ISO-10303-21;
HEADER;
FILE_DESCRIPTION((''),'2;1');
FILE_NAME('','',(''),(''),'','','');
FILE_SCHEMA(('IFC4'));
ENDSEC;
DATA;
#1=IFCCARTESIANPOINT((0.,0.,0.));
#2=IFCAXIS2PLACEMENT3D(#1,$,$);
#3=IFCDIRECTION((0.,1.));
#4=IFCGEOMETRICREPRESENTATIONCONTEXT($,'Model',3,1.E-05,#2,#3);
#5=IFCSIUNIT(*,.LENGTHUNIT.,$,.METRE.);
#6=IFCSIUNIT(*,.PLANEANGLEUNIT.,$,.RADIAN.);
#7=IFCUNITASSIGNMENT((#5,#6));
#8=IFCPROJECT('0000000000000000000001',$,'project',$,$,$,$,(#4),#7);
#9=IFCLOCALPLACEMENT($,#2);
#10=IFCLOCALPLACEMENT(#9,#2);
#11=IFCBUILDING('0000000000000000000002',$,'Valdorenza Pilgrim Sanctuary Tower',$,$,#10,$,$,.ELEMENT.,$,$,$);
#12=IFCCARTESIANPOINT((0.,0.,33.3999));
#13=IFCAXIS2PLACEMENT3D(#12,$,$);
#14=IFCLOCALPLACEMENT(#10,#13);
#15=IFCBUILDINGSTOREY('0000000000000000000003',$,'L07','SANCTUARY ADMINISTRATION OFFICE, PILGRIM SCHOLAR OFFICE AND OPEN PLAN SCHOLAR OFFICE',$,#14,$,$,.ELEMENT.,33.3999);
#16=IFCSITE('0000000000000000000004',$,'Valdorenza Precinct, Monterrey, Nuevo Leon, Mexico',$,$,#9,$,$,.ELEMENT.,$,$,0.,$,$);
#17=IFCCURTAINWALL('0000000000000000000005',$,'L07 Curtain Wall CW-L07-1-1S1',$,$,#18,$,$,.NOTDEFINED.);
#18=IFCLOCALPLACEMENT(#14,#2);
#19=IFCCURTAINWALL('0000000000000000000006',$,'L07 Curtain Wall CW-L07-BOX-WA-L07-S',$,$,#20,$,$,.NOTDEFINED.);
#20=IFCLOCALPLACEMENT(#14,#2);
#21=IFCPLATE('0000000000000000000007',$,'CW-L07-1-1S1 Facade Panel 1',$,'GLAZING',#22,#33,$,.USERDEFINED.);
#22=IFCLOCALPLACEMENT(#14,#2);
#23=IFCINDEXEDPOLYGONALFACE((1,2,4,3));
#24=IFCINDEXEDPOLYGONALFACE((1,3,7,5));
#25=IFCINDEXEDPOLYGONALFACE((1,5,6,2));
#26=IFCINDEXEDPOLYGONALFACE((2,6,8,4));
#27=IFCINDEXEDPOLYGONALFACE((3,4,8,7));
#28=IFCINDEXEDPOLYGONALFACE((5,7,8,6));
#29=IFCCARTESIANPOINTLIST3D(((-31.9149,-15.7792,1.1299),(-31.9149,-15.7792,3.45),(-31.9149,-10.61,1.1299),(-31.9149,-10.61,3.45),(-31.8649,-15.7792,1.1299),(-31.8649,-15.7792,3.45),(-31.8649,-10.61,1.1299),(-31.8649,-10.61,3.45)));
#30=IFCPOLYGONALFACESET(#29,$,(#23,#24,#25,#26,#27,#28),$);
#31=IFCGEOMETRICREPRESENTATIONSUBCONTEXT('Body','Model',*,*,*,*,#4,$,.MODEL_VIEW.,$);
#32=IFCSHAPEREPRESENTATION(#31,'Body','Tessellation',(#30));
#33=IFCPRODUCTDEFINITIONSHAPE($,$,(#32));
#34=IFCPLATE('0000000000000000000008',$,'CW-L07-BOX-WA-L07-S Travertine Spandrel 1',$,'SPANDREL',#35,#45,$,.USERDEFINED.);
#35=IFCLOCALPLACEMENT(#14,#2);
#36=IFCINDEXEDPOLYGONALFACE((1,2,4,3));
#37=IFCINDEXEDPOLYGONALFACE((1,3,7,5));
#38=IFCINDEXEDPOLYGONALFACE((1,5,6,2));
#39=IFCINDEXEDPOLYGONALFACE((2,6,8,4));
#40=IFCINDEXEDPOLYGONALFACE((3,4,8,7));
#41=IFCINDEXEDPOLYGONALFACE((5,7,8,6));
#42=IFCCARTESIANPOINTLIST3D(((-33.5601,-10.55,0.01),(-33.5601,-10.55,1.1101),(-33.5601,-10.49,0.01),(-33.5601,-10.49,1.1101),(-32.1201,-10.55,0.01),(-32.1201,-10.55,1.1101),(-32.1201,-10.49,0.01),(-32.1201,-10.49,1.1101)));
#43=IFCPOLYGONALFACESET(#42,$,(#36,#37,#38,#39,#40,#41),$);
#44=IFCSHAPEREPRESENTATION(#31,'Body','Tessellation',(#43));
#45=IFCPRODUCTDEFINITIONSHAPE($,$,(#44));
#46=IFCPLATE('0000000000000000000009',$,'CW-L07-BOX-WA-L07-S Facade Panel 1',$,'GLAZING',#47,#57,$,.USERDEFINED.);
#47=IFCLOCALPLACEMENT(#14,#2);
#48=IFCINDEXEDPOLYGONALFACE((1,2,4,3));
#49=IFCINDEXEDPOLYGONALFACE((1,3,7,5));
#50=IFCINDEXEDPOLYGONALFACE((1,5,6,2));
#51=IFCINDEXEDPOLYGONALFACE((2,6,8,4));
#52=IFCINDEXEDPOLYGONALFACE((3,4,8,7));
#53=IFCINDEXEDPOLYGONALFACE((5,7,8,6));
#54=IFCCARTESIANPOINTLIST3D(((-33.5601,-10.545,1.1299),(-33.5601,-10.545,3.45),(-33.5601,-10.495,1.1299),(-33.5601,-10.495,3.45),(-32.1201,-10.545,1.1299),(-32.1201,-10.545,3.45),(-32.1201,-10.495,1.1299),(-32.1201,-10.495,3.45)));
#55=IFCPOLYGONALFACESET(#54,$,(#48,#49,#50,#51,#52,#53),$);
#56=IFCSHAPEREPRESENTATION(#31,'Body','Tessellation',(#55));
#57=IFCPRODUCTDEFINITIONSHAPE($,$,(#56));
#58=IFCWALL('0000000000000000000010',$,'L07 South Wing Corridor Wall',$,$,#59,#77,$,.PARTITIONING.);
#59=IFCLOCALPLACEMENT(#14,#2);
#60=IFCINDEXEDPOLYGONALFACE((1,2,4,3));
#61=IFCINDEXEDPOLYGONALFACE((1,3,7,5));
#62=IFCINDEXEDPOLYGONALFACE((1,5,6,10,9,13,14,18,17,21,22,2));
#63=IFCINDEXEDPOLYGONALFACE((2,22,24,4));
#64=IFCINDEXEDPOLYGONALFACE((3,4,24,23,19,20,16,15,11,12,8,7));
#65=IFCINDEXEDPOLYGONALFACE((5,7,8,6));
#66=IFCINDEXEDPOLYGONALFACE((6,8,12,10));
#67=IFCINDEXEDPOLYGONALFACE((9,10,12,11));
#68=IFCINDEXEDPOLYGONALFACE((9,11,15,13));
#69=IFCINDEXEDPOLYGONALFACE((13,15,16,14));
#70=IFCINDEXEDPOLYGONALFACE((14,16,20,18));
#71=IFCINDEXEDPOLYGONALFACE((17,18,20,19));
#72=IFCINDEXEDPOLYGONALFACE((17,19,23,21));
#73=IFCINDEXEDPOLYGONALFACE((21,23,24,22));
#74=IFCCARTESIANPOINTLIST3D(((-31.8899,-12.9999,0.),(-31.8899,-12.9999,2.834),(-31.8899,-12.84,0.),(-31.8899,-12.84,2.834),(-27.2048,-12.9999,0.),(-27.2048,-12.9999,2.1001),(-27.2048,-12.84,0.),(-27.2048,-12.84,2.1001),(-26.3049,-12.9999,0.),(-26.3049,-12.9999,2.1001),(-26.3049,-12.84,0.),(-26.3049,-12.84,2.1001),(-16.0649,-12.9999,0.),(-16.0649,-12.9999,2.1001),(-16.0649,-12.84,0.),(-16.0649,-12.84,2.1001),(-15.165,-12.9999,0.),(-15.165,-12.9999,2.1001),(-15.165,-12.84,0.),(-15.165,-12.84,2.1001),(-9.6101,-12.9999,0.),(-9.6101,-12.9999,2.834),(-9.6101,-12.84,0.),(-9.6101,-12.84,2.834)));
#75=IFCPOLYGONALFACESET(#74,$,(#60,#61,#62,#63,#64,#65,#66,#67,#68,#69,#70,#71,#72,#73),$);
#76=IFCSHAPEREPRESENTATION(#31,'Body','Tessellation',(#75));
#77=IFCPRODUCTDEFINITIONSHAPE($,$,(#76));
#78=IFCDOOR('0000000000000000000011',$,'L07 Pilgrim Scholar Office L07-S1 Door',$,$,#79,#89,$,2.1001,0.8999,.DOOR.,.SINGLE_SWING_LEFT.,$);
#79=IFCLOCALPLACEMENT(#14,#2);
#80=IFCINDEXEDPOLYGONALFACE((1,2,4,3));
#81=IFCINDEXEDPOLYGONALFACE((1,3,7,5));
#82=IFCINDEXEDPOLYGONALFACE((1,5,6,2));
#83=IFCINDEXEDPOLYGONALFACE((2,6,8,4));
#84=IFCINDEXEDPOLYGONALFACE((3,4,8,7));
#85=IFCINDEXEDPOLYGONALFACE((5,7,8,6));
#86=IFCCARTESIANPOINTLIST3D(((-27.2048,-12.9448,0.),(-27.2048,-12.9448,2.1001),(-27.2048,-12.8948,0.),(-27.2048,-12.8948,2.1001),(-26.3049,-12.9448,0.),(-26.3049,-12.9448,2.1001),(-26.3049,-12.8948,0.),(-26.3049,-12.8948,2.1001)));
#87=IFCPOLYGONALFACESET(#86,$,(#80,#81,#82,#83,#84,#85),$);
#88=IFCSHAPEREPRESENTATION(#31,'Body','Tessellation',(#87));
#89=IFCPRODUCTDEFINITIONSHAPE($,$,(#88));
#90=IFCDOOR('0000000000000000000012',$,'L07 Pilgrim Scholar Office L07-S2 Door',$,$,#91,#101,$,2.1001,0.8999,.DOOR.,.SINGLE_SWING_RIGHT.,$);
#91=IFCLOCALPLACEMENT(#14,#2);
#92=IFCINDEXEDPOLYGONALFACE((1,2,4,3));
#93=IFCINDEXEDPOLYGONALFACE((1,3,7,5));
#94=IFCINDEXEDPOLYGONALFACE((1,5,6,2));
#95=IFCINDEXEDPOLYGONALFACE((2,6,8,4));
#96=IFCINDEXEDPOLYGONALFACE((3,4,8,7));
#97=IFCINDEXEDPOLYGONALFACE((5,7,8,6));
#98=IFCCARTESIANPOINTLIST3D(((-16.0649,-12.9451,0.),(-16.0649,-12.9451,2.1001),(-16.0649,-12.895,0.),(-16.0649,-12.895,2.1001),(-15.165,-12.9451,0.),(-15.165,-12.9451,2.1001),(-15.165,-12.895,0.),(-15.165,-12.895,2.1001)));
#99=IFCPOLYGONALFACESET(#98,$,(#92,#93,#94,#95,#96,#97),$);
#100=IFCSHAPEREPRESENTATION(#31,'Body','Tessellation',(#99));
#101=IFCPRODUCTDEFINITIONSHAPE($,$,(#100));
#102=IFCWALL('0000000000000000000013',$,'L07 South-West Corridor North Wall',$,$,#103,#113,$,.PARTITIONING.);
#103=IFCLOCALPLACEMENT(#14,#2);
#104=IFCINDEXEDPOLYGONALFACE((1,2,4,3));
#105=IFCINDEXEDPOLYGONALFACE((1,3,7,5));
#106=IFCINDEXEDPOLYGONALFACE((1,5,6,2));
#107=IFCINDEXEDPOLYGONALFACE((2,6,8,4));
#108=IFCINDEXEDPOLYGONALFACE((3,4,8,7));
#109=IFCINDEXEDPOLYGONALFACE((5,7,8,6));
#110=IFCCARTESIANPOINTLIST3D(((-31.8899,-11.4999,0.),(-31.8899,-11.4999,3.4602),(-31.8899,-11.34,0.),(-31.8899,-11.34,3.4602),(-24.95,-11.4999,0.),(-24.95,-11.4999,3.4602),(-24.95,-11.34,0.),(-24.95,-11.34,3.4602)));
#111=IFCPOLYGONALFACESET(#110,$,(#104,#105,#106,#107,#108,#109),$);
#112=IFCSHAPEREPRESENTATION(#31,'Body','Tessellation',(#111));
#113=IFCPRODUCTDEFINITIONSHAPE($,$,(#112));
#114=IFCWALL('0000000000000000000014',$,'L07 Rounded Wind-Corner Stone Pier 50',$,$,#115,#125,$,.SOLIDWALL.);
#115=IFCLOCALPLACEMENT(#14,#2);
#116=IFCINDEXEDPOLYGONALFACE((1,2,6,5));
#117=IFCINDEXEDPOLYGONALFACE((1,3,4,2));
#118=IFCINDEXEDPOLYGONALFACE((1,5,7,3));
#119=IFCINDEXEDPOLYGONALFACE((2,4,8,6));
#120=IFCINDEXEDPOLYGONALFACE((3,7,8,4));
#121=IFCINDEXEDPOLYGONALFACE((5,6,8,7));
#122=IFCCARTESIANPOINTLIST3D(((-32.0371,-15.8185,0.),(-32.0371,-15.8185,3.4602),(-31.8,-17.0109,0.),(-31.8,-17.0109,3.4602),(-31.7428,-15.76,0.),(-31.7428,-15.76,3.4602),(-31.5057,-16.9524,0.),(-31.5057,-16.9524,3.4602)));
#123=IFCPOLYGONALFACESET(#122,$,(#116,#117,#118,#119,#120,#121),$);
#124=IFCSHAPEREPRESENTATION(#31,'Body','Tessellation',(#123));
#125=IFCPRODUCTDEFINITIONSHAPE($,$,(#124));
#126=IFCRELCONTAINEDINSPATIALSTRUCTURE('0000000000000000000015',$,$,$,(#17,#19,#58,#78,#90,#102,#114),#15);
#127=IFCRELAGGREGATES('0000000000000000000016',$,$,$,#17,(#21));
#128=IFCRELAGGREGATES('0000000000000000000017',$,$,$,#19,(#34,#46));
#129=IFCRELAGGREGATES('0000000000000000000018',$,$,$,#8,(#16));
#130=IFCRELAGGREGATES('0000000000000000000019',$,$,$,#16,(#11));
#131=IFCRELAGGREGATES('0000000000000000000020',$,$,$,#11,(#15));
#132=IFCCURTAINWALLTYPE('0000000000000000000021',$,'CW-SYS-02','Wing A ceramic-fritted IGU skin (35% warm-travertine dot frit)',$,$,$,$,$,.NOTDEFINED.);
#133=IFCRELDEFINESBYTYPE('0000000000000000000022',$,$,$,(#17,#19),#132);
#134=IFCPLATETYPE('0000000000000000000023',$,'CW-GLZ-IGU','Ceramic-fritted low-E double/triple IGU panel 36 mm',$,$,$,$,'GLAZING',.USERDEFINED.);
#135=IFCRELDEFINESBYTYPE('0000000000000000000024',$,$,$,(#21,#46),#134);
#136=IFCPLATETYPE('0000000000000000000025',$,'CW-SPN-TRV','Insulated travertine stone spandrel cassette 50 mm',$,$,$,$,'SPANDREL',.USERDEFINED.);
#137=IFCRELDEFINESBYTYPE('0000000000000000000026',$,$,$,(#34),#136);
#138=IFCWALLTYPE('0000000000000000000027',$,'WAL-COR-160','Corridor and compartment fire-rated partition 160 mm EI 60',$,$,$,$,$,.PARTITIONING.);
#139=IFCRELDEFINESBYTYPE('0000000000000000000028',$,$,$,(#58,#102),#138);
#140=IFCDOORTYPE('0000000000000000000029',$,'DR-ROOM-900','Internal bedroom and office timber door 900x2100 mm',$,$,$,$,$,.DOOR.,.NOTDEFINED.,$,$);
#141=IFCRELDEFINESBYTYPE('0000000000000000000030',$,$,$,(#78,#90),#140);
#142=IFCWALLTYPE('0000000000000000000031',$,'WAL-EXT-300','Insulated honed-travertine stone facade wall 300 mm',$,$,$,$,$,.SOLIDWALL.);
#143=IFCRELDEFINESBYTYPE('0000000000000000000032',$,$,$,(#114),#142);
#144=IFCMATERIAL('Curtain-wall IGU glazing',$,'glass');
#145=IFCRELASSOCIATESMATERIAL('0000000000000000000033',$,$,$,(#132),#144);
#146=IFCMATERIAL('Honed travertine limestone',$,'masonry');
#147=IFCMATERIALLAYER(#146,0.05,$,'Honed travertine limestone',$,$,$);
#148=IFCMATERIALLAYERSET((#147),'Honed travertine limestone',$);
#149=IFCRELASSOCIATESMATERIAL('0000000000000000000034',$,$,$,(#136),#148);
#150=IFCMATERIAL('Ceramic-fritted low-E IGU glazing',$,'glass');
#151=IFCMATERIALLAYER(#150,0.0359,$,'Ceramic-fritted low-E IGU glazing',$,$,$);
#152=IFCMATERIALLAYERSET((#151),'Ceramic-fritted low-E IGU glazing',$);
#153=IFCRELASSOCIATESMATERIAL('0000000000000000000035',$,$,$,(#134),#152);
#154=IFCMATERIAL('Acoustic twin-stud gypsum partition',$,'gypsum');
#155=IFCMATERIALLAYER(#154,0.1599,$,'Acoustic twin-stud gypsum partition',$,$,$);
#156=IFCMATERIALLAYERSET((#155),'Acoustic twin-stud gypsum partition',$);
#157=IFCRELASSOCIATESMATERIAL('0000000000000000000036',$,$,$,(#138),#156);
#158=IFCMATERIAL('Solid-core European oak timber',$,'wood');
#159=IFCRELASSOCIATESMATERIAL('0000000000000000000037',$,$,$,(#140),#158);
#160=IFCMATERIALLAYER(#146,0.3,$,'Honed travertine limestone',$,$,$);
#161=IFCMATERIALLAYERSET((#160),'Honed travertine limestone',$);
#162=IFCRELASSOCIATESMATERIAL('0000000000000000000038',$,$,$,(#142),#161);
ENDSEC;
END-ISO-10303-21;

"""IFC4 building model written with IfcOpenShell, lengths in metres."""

from ifc_helpers import new_model, si_unit, direction, frame, frame_2d, origin, origin_2d, place, context, subcontext, project, spatial, rectangle, extrude, source, transform, mapped, material, layer, layer_set, type_object, element, fill, aggregate, save


model = new_model("IFC4")

# Units and contexts
model_context = context("Model", 3, precision=1e-05, world=origin(), true_north=direction((0.0, 1.0)))
body_context = subcontext(model_context, "Body", "Model", "MODEL_VIEW")
ifc_project = project(units=[si_unit("LENGTHUNIT", "METRE"), si_unit("PLANEANGLEUNIT", "RADIAN")], contexts=[model_context])

# Site, building, storey
site_placement = place(None, origin())
site = spatial("IfcSite", under=ifc_project, at=site_placement, Name="Valdorenza Precinct, Monterrey, Nuevo Leon, Mexico", CompositionType="ELEMENT", RefElevation=0.0)
building_placement = place(site_placement, origin())
building = spatial("IfcBuilding", under=site, at=building_placement, Name="Valdorenza Pilgrim Sanctuary Tower", CompositionType="ELEMENT")
storey_placement = place(building_placement, frame((0.0, 0.0, 33.3999)))
storey = spatial("IfcBuildingStorey", under=building, at=storey_placement, Name="L07", Description="SANCTUARY ADMINISTRATION OFFICE, PILGRIM SCHOLAR OFFICE AND OPEN PLAN SCHOLAR OFFICE", CompositionType="ELEMENT", Elevation=33.3999)

# Curtain wall
ifc_material_1 = material(Name="Curtain-wall IGU glazing", Category="glass")
curtain_wall_type = type_object("IfcCurtainWallType", Name="CW-SYS-02", Description="Wing A ceramic-fritted IGU skin (35% warm-travertine dot frit)", PredefinedType="NOTDEFINED", material=ifc_material_1)
curtain_wall_1_placement = place(storey_placement, origin())
curtain_wall_1 = element("IfcCurtainWall", 1, at=curtain_wall_1_placement, inside=storey, type_object=curtain_wall_type, Name="L07 Curtain Wall CW-L07-1-1S1", PredefinedType="NOTDEFINED")

# Curtain wall
curtain_wall_2_placement = place(storey_placement, origin())
curtain_wall_2 = element("IfcCurtainWall", 2, at=curtain_wall_2_placement, inside=storey, type_object=curtain_wall_type, Name="L07 Curtain Wall CW-L07-BOX-WA-L07-S", PredefinedType="NOTDEFINED")

# Plates
ifc_material_2 = material(Name="Honed travertine limestone", Category="masonry")
ifc_layer_1 = layer(ifc_material_2, 0.05, Name="Honed travertine limestone")
ifc_layer_set_1 = layer_set([ifc_layer_1], Name="Honed travertine limestone")
plate_type_1 = type_object("IfcPlateType", Name="CW-SPN-TRV", Description="Insulated travertine stone spandrel cassette 50 mm", ElementType="SPANDREL", PredefinedType="USERDEFINED", material=ifc_layer_set_1)
ifc_material_3 = material(Name="Ceramic-fritted low-E IGU glazing", Category="glass")
ifc_layer_2 = layer(ifc_material_3, 0.0359, Name="Ceramic-fritted low-E IGU glazing")
ifc_layer_set_2 = layer_set([ifc_layer_2], Name="Ceramic-fritted low-E IGU glazing")
plate_type_2 = type_object("IfcPlateType", Name="CW-GLZ-IGU", Description="Ceramic-fritted low-E double/triple IGU panel 36 mm", ElementType="GLAZING", PredefinedType="USERDEFINED", material=ifc_layer_set_2)
shared_shape_1 = source(origin(), body_context, "Body", "SweptSolid", [
    extrude(rectangle(XDim=5.1692, YDim=0.05, at=origin_2d()), origin(), (0.0, 0.0, 1.0), 2.3201),
])
plate_1_placement = place(storey_placement, frame((-31.8899, -13.1946, 1.1299), z_axis=(0.0, 0.0, 1.0), x_axis=(0.0, 1.0, 0.0)))
plate_1 = element("IfcPlate", 3, at=plate_1_placement, type_object=plate_type_2, Name="CW-L07-1-1S1 Facade Panel 1", ObjectType="GLAZING", PredefinedType="USERDEFINED", context=body_context, shape_type="MappedRepresentation", body=[
    mapped(shared_shape_1, transform((0.0, 0.0, 0.0), x_axis=(1.0, 0.0, 0.0), y_axis=(0.0, 1.0, 0.0), z_axis=(0.0, 0.0, 1.0), scale=1.0)),
])
aggregate(curtain_wall_1, [plate_1])
shared_shape_2 = source(origin(), body_context, "Body", "SweptSolid", [
    extrude(rectangle(XDim=1.4399, YDim=0.0601, at=origin_2d()), origin(), (0.0, 0.0, 1.0), 1.1001),
])
plate_2_placement = place(storey_placement, frame((-32.8401, -10.52, 0.01), z_axis=(0.0, 0.0, 1.0), x_axis=(-1.0, 0.0, 0.0)))
plate_2 = element("IfcPlate", 4, at=plate_2_placement, type_object=plate_type_1, Name="CW-L07-BOX-WA-L07-S Travertine Spandrel 1", ObjectType="SPANDREL", PredefinedType="USERDEFINED", context=body_context, shape_type="MappedRepresentation", body=[
    mapped(shared_shape_2, transform((0.0, 0.0, 0.0), x_axis=(1.0, 0.0, 0.0), y_axis=(0.0, 1.0, 0.0), z_axis=(0.0, 0.0, 1.0), scale=1.0)),
])
shared_shape_3 = source(origin(), body_context, "Body", "SweptSolid", [
    extrude(rectangle(XDim=1.4399, YDim=0.05, at=origin_2d()), origin(), (0.0, 0.0, 1.0), 2.3201),
])
plate_3_placement = place(storey_placement, frame((-32.8401, -10.52, 1.1299), z_axis=(0.0, 0.0, 1.0), x_axis=(-1.0, 0.0, 0.0)))
plate_3 = element("IfcPlate", 5, at=plate_3_placement, type_object=plate_type_2, Name="CW-L07-BOX-WA-L07-S Facade Panel 1", ObjectType="GLAZING", PredefinedType="USERDEFINED", context=body_context, shape_type="MappedRepresentation", body=[
    mapped(shared_shape_3, transform((0.0, 0.0, 0.0), x_axis=(1.0, 0.0, 0.0), y_axis=(0.0, 1.0, 0.0), z_axis=(0.0, 0.0, 1.0), scale=1.0)),
])
aggregate(curtain_wall_2, [plate_2, plate_3])

# Wall, openings, doors
ifc_material_4 = material(Name="Acoustic twin-stud gypsum partition", Category="gypsum")
ifc_layer_3 = layer(ifc_material_4, 0.1599, Name="Acoustic twin-stud gypsum partition")
ifc_layer_set_3 = layer_set([ifc_layer_3], Name="Acoustic twin-stud gypsum partition")
wall_type_1 = type_object("IfcWallType", Name="WAL-COR-160", Description="Corridor and compartment fire-rated partition 160 mm EI 60", PredefinedType="PARTITIONING", material=ifc_layer_set_3)
wall_1_placement = place(storey_placement, frame((-31.8899, -12.9199, 0.0), z_axis=(0.0, 0.0, 1.0), x_axis=(1.0, 0.0, 0.0)))
wall_1 = element("IfcWall", 6, at=wall_1_placement, inside=storey, type_object=wall_type_1, Name="L07 South Wing Corridor Wall", PredefinedType="PARTITIONING", context=body_context, shape_type="SweptSolid", body=[
    extrude(rectangle(XDim=22.2798, YDim=0.1599, at=frame_2d((11.1399, 0.0))), origin(), (0.0, 0.0, 1.0), 2.834),
])
opening_1_placement = place(wall_1_placement, frame((4.6851, 0.0, 0.0)))
opening_1 = element("IfcOpeningElement", 7, at=opening_1_placement, cuts=wall_1, PredefinedType="OPENING", context=body_context, shape_type="SweptSolid", body=[
    extrude(rectangle(XDim=0.8999, YDim=2.1001, at=frame_2d((0.45, 1.05))), frame((0.0, 0.0947, 0.0), z_axis=(0.0, -1.0, 0.0), x_axis=(1.0, 0.0, 0.0)), (0.0, 0.0, 1.0), 0.1897),
])
opening_2_placement = place(wall_1_placement, frame((15.825, 0.0, 0.0)))
opening_2 = element("IfcOpeningElement", 8, at=opening_2_placement, cuts=wall_1, PredefinedType="OPENING", context=body_context, shape_type="SweptSolid", body=[
    extrude(rectangle(XDim=0.8999, YDim=2.1001, at=frame_2d((0.45, 1.05))), frame((0.0, 0.0947, 0.0), z_axis=(0.0, -1.0, 0.0), x_axis=(1.0, 0.0, 0.0)), (0.0, 0.0, 1.0), 0.1897),
])
ifc_material_5 = material(Name="Solid-core European oak timber", Category="wood")
door_type = type_object("IfcDoorType", Name="DR-ROOM-900", Description="Internal bedroom and office timber door 900x2100 mm", OperationType="NOTDEFINED", PredefinedType="DOOR", material=ifc_material_5)
door_1_placement = place(opening_1_placement, frame((0.8999, 0.0, 0.0), z_axis=(0.0, 0.0, 1.0), x_axis=(-1.0, 0.0, 0.0)))
door_1 = element("IfcDoor", 9, at=door_1_placement, inside=storey, type_object=door_type, Name="L07 Pilgrim Scholar Office L07-S1 Door", OperationType="SINGLE_SWING_LEFT", OverallHeight=2.1001, OverallWidth=0.8999, PredefinedType="DOOR", context=body_context, shape_type="SweptSolid", body=[
    extrude(rectangle(XDim=0.8999, YDim=2.1001, at=frame_2d((0.45, 1.05))), frame((0.0, 0.0249, 0.0), z_axis=(0.0, -1.0, 0.0), x_axis=(1.0, 0.0, 0.0)), (0.0, 0.0, 1.0), 0.05),
])
fill(opening_1, door_1)
door_2_placement = place(opening_2_placement, origin())
door_2 = element("IfcDoor", 10, at=door_2_placement, inside=storey, type_object=door_type, Name="L07 Pilgrim Scholar Office L07-S2 Door", OperationType="SINGLE_SWING_RIGHT", OverallHeight=2.1001, OverallWidth=0.8999, PredefinedType="DOOR", context=body_context, shape_type="SweptSolid", body=[
    extrude(rectangle(XDim=0.8999, YDim=2.1001, at=frame_2d((0.45, 1.05))), frame((0.0, 0.0249, 0.0), z_axis=(0.0, -1.0, 0.0), x_axis=(1.0, 0.0, 0.0)), (0.0, 0.0, 1.0), 0.05),
])
fill(opening_2, door_2)

# Walls
wall_2_placement = place(storey_placement, frame((-31.8899, -11.4199, 0.0), z_axis=(0.0, 0.0, 1.0), x_axis=(1.0, 0.0, 0.0)))
element("IfcWall", 11, at=wall_2_placement, inside=storey, type_object=wall_type_1, Name="L07 South-West Corridor North Wall", PredefinedType="PARTITIONING", context=body_context, shape_type="SweptSolid", body=[
    extrude(rectangle(XDim=6.9399, YDim=0.1599, at=frame_2d((3.47, 0.0))), origin(), (0.0, 0.0, 1.0), 3.4602),
])
ifc_layer_4 = layer(ifc_material_2, 0.3, Name="Honed travertine limestone")
ifc_layer_set_4 = layer_set([ifc_layer_4], Name="Honed travertine limestone")
wall_type_2 = type_object("IfcWallType", Name="WAL-EXT-300", Description="Insulated honed-travertine stone facade wall 300 mm", PredefinedType="SOLIDWALL", material=ifc_layer_set_4)
wall_3_placement = place(storey_placement, frame((-31.6528, -16.9817, 0.0), z_axis=(0.0, 0.0, 1.0), x_axis=(-0.194996, 0.980804, 0.0)))
element("IfcWall", 12, at=wall_3_placement, inside=storey, type_object=wall_type_2, Name="L07 Rounded Wind-Corner Stone Pier 50", PredefinedType="SOLIDWALL", context=body_context, shape_type="SweptSolid", body=[
    extrude(rectangle(XDim=1.2158, YDim=0.3, at=frame_2d((0.6079, 0.0))), origin(), (0.0, 0.0, 1.0), 3.4602),
])

save(model, "model.ifc")
